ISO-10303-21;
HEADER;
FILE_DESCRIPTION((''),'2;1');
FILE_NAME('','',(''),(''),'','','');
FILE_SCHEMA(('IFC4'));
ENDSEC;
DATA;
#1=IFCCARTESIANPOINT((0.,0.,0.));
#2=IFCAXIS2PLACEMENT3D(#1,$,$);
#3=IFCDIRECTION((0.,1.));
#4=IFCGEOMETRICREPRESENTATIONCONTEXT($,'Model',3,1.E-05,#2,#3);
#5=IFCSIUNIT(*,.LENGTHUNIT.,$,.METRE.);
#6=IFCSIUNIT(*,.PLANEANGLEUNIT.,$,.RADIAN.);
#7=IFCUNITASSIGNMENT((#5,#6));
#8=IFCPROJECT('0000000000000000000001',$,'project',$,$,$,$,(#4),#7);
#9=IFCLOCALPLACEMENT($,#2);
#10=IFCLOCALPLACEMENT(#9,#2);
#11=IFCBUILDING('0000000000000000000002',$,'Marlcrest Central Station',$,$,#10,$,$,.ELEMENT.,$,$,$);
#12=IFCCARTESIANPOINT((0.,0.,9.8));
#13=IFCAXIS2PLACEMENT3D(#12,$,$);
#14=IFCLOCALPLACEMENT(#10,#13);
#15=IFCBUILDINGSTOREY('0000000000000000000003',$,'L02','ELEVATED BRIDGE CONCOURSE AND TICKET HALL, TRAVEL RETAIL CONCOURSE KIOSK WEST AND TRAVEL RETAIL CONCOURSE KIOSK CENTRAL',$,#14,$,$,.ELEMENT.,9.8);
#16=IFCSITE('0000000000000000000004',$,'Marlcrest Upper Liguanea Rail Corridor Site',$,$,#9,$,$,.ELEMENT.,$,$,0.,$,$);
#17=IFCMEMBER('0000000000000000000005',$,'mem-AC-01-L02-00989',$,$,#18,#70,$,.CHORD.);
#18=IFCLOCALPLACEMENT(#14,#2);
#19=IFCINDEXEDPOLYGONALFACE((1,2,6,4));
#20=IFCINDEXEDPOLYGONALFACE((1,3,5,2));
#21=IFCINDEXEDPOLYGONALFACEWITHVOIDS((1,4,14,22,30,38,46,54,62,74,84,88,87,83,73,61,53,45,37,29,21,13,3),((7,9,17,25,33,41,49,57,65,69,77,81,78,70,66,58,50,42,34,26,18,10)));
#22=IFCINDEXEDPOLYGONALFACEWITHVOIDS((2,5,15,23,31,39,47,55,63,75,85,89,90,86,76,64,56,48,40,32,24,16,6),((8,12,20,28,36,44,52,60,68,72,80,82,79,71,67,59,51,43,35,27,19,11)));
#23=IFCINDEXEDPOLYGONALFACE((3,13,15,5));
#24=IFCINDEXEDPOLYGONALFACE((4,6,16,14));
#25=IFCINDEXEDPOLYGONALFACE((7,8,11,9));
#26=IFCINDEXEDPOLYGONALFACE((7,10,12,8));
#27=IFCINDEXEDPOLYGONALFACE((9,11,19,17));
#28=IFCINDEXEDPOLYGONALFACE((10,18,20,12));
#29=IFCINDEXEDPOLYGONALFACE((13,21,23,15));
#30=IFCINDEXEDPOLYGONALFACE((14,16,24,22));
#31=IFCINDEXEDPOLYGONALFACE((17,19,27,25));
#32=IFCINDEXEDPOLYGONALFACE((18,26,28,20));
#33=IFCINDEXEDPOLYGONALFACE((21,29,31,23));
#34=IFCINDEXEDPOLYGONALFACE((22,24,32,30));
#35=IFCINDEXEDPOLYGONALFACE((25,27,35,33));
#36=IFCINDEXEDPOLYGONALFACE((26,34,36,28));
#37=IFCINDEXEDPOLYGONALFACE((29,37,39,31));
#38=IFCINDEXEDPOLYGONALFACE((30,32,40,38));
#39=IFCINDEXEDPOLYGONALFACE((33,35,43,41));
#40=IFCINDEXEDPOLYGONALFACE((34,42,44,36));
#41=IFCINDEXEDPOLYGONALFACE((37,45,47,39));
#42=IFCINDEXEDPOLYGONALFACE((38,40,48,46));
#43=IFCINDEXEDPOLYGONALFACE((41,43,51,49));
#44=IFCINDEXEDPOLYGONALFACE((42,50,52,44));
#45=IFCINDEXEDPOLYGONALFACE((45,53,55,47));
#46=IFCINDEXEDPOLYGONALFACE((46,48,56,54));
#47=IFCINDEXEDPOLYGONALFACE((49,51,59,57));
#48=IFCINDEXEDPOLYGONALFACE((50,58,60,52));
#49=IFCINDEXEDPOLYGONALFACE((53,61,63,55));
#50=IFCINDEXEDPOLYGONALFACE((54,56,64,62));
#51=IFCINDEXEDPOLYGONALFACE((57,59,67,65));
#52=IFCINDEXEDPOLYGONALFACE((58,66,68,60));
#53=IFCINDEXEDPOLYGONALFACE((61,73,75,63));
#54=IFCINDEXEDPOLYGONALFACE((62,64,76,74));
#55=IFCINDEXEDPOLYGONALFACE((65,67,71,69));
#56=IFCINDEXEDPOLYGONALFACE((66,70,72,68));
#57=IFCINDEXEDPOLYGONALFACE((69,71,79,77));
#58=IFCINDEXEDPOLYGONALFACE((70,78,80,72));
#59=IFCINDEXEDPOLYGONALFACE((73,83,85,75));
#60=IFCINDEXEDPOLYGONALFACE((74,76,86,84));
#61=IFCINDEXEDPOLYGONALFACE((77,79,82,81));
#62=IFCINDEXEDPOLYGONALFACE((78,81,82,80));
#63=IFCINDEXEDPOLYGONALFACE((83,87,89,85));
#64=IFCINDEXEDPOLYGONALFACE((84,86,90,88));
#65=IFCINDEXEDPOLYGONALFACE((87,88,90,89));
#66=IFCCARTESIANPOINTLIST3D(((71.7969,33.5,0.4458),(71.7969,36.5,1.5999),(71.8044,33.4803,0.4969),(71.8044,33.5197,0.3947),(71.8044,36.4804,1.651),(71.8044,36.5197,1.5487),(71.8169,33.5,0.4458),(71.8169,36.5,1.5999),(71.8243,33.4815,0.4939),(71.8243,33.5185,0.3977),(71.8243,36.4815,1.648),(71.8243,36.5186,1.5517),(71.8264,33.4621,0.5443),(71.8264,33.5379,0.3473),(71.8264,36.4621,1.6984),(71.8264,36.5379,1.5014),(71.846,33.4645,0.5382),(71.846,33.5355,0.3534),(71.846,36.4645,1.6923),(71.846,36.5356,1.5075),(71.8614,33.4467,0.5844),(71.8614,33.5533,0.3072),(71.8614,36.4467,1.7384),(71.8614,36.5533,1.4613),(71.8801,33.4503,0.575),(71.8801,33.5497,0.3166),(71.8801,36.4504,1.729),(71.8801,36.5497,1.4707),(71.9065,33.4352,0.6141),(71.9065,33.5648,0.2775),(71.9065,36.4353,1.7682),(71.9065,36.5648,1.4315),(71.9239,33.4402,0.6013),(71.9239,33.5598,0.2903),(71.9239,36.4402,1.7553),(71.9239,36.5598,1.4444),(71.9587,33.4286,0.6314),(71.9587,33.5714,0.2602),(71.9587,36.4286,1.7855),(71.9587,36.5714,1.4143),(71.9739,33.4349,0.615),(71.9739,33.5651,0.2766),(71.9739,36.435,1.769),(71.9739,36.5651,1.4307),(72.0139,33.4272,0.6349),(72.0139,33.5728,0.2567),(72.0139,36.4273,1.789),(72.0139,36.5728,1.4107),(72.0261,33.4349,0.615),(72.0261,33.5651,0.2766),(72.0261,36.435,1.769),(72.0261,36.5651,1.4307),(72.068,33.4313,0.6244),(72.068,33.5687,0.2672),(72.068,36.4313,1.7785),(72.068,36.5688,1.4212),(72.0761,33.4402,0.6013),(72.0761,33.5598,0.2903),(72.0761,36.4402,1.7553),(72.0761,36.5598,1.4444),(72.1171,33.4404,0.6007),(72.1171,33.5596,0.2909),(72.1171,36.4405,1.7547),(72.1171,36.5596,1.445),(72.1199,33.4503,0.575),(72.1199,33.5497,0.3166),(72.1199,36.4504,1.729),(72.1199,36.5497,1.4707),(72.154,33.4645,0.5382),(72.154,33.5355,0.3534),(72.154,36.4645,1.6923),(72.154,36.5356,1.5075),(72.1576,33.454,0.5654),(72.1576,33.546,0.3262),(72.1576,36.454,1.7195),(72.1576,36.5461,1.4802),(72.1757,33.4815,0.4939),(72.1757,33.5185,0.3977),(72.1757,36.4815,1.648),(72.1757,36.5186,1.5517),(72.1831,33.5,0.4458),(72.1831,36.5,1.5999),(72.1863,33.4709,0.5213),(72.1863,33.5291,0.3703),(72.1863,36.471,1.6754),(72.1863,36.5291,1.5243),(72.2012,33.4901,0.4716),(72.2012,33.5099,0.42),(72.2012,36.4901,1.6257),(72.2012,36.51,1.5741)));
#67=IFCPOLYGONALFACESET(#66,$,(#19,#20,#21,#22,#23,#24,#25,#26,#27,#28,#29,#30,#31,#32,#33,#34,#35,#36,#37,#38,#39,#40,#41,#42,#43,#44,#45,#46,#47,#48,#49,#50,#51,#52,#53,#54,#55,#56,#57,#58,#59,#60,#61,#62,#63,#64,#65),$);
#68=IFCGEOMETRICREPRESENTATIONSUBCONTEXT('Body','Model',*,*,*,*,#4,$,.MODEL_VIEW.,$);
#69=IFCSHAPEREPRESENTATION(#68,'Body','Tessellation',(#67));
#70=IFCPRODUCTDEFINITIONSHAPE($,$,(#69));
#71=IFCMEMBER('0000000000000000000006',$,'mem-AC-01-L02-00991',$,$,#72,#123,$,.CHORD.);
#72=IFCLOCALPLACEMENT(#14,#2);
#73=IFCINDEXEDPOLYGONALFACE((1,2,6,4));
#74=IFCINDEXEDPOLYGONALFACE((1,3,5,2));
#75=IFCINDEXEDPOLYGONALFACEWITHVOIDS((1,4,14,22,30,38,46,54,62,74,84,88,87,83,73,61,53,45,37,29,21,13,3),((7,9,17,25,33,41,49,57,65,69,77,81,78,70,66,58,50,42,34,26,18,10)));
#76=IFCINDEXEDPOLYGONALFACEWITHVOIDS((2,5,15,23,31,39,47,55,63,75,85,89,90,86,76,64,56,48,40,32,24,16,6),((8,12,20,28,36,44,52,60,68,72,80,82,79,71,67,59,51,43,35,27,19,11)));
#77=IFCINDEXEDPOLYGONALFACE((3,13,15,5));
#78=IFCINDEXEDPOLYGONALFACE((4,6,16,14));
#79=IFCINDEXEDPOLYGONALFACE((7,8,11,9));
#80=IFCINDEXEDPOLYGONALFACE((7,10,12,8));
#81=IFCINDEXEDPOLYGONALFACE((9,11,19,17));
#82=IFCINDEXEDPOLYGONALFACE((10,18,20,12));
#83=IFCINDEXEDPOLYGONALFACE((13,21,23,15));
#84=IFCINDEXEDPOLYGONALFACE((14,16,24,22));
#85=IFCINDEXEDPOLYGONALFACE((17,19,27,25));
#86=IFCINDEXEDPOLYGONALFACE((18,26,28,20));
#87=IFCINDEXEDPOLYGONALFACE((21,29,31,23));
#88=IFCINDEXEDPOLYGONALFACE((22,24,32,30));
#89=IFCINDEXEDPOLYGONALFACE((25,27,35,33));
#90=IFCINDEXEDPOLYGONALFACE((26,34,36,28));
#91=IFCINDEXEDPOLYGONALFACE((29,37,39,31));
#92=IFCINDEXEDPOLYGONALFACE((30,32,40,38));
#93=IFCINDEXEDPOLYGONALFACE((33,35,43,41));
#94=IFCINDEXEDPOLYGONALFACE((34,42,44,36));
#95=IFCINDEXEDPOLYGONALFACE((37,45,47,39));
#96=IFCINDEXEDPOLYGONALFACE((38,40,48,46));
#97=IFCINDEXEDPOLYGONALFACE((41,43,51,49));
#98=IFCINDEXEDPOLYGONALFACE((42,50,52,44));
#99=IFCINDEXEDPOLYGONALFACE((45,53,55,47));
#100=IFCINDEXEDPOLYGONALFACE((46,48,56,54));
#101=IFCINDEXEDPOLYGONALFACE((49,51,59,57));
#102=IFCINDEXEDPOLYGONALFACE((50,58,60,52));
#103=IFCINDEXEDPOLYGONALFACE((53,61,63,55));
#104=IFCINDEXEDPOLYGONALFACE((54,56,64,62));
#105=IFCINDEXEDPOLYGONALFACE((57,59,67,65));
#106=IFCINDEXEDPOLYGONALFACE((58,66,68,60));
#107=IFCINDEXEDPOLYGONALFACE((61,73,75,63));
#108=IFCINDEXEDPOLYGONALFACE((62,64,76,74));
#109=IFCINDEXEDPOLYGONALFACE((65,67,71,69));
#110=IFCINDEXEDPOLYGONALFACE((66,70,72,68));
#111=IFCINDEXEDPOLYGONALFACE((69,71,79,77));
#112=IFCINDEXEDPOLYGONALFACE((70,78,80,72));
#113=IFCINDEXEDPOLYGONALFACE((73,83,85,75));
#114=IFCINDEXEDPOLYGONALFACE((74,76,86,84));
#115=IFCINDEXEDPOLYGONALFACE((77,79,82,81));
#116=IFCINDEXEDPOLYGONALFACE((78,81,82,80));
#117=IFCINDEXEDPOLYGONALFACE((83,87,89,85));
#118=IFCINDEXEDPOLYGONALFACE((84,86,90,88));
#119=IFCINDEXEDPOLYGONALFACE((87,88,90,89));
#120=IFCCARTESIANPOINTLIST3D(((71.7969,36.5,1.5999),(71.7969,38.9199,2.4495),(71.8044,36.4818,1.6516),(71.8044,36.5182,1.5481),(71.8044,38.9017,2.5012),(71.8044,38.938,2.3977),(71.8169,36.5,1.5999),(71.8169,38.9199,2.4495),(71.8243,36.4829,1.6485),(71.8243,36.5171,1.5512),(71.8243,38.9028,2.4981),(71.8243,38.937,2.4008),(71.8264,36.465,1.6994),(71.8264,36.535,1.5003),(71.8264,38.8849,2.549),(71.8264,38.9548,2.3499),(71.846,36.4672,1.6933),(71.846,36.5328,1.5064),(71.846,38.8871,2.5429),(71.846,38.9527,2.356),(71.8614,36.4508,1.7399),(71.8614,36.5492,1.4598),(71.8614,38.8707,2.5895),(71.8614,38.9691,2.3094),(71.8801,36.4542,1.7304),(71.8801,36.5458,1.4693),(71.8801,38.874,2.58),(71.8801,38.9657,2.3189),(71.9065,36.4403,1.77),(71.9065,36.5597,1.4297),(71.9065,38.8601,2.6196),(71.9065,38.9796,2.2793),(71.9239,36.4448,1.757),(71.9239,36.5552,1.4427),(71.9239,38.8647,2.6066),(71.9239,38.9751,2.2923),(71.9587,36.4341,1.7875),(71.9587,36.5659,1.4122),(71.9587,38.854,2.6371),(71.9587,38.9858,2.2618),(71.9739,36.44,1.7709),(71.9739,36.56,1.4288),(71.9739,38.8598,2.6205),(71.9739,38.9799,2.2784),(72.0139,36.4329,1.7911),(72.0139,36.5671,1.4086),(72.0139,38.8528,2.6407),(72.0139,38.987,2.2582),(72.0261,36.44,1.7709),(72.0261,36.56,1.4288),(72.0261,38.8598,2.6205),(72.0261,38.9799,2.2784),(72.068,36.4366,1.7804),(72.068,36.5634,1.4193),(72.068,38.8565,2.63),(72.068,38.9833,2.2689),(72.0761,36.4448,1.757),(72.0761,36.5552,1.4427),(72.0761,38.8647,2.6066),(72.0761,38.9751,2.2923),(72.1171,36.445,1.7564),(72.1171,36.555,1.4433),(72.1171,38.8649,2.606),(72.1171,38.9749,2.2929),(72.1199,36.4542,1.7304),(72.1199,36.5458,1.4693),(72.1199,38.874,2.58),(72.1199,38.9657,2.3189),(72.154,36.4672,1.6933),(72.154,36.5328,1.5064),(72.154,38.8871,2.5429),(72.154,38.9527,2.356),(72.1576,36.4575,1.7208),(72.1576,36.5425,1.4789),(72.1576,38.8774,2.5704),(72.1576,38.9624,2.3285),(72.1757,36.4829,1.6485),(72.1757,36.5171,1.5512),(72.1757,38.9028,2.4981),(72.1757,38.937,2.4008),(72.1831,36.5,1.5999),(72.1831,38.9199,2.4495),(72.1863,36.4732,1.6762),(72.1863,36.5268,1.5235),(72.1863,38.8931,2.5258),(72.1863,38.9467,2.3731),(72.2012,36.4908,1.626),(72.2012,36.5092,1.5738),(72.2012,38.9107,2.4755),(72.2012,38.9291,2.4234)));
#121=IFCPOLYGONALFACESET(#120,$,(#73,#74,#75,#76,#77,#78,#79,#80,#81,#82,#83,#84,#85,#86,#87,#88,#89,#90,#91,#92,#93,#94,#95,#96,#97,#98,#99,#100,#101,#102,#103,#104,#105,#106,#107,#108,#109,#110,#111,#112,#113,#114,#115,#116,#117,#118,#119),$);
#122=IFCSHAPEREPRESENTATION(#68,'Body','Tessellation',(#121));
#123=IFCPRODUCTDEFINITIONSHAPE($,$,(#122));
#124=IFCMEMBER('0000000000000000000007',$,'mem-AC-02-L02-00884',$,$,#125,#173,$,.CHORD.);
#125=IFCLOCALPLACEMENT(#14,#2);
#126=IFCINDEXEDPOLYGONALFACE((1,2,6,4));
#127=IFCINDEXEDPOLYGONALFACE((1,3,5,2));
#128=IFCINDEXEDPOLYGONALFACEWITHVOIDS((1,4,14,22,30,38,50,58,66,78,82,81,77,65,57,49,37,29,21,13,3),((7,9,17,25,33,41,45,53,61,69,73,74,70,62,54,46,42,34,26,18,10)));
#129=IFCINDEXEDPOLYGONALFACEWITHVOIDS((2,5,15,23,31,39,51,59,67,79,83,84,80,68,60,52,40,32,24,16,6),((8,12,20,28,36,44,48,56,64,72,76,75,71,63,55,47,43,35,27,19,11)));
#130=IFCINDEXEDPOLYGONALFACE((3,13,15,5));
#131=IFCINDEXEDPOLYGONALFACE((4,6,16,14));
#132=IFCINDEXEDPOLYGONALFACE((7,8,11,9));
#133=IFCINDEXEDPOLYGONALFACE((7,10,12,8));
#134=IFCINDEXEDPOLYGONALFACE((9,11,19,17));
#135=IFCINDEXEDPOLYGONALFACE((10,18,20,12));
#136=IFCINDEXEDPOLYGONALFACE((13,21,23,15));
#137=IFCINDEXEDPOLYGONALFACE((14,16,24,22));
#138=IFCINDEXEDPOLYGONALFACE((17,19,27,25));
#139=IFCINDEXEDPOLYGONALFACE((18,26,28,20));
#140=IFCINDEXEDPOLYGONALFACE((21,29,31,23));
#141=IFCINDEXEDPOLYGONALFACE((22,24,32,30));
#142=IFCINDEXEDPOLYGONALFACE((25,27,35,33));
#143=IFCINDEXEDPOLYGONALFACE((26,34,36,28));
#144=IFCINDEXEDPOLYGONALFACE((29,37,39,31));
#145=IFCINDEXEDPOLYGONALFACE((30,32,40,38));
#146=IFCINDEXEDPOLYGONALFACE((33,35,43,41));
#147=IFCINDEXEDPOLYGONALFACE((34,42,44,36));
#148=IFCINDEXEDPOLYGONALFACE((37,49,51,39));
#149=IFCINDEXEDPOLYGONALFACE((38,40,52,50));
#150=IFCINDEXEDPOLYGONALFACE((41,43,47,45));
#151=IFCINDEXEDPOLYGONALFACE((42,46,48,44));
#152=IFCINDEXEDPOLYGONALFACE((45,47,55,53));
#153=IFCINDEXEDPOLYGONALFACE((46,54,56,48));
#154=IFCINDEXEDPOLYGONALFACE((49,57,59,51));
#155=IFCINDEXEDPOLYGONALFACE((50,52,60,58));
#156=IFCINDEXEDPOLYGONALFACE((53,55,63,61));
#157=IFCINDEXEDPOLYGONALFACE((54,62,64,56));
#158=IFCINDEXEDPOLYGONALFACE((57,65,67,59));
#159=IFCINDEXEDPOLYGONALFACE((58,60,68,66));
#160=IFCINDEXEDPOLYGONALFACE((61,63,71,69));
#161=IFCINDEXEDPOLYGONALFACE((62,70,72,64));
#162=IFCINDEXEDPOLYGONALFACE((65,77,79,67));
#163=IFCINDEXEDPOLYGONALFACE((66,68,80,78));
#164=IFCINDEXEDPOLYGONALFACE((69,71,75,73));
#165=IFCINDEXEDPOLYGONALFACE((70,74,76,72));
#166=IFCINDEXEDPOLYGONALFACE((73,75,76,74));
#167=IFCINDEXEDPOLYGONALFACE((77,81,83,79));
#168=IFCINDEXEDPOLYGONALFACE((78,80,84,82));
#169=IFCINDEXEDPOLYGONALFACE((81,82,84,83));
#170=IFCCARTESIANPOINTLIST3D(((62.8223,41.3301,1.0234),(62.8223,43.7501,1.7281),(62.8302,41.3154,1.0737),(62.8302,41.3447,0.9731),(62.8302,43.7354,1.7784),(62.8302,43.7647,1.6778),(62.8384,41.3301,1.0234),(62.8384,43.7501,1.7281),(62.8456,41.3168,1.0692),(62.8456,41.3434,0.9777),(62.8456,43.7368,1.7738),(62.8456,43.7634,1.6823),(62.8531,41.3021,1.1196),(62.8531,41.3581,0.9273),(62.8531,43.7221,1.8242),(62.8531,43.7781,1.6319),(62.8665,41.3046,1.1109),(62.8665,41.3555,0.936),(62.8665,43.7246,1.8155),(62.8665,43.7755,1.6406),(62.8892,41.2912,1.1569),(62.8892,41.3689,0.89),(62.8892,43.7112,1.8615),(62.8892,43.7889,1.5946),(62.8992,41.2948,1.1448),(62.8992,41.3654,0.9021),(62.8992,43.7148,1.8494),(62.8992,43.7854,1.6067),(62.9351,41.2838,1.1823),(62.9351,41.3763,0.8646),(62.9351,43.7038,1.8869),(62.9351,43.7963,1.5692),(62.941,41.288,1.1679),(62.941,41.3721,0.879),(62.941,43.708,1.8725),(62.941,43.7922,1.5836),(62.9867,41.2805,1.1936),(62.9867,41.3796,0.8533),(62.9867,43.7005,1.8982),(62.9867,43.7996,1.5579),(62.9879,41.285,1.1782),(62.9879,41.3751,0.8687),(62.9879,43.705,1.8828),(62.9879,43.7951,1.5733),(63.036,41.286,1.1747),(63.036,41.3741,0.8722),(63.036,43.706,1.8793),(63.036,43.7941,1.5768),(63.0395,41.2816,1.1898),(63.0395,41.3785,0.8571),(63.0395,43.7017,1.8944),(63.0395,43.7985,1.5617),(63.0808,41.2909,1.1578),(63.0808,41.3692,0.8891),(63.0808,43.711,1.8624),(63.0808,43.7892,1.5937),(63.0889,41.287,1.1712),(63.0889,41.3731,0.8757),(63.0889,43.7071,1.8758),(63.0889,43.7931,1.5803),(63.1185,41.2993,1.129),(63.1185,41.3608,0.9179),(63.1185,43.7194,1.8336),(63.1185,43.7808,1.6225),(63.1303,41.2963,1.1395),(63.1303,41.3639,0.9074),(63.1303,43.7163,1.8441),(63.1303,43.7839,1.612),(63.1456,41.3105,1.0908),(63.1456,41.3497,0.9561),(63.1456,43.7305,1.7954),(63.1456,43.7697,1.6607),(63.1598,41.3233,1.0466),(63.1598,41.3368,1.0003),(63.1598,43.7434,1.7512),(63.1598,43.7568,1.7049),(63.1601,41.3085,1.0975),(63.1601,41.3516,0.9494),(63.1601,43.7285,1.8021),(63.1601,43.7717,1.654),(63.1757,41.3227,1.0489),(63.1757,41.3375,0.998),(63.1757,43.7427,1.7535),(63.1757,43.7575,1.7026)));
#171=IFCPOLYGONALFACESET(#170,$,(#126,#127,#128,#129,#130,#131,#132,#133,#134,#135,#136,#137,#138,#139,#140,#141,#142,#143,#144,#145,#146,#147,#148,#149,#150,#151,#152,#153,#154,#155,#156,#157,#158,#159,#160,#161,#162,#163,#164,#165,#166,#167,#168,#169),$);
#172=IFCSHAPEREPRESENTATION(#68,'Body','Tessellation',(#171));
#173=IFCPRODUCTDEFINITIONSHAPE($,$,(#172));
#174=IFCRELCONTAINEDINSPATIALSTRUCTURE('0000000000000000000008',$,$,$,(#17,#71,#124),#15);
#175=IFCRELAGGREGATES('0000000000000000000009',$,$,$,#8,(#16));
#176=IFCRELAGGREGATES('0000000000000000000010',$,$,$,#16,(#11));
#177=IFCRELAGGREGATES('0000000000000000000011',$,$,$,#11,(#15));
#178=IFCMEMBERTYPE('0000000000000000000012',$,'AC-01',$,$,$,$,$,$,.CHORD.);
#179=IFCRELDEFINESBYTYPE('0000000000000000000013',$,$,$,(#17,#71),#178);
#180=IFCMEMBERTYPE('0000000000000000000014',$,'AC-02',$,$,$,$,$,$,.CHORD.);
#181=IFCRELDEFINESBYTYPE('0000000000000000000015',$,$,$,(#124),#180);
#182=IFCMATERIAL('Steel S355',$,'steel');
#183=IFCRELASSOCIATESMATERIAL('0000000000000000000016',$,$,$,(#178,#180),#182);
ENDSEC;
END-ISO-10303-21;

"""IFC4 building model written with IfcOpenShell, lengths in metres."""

from ifc_helpers import new_model, si_unit, direction, frame, origin, origin_2d, place, context, subcontext, project, spatial, hollow_circle, extrude, material, material_profile, profile_set, type_object, element, save


model = new_model("IFC4")

# Units and contexts
model_context = context("Model", 3, precision=1e-05, world=origin(), true_north=direction((0.0, 1.0)))
body_context = subcontext(model_context, "Body", "Model", "MODEL_VIEW")
ifc_project = project(units=[si_unit("LENGTHUNIT", "METRE"), si_unit("PLANEANGLEUNIT", "RADIAN")], contexts=[model_context])

# Site, building, storey
site_placement = place(None, origin())
site = spatial("IfcSite", under=ifc_project, at=site_placement, Name="Marlcrest Upper Liguanea Rail Corridor Site", CompositionType="ELEMENT", RefElevation=0.0)
building_placement = place(site_placement, origin())
building = spatial("IfcBuilding", under=site, at=building_placement, Name="Marlcrest Central Station", CompositionType="ELEMENT")
storey_placement = place(building_placement, frame((0.0, 0.0, 9.8)))
storey = spatial("IfcBuildingStorey", under=building, at=storey_placement, Name="L02", Description="ELEVATED BRIDGE CONCOURSE AND TICKET HALL, TRAVEL RETAIL CONCOURSE KIOSK WEST AND TRAVEL RETAIL CONCOURSE KIOSK CENTRAL", CompositionType="ELEMENT", Elevation=9.8)

# Members
ifc_material_1 = material(Name="Steel S355", Category="steel")
ifc_material_profile_1 = material_profile(ifc_material_1, hollow_circle(Radius=0.2031, WallThickness=0.02, at=origin_2d()), Name="CHS 406.4x20")
ifc_profile_set_1 = profile_set([ifc_material_profile_1], Name="Steel S355")
member_type_1 = type_object("IfcMemberType", Name="AC-01", PredefinedType="CHORD", material=ifc_profile_set_1)
member_1_placement = place(storey_placement, frame((72.0, 33.5, 0.4458), z_axis=(0.0, 0.933324, 0.359035), x_axis=(-1.0, 0.0, 0.0)))
element("IfcMember", 1, at=member_1_placement, inside=storey, type_object=member_type_1, Name="mem-AC-01-L02-00989", PredefinedType="CHORD", context=body_context, shape_type="SweptSolid", body=[
    extrude(hollow_circle(Radius=0.2031, WallThickness=0.02, at=origin_2d()), origin(), (0.0, 0.0, 1.0), 3.2144),
])
member_2_placement = place(storey_placement, frame((72.0, 36.5, 1.5999), z_axis=(0.0, 0.943537, 0.331266), x_axis=(-1.0, 0.0, 0.0)))
element("IfcMember", 2, at=member_2_placement, inside=storey, type_object=member_type_1, Name="mem-AC-01-L02-00991", PredefinedType="CHORD", context=body_context, shape_type="SweptSolid", body=[
    extrude(hollow_circle(Radius=0.2031, WallThickness=0.02, at=origin_2d()), origin(), (0.0, 0.0, 1.0), 2.5647),
])
ifc_material_profile_2 = material_profile(ifc_material_1, hollow_circle(Radius=0.1777, WallThickness=0.0161, at=origin_2d()), Name="CHS 355.6x16")
ifc_profile_set_2 = profile_set([ifc_material_profile_2], Name="Steel S355")
member_type_2 = type_object("IfcMemberType", Name="AC-02", PredefinedType="CHORD", material=ifc_profile_set_2)
member_3_placement = place(storey_placement, frame((63.0, 41.3301, 1.0234), z_axis=(0.0, 0.96013, 0.279554), x_axis=(-1.0, 0.0, 0.0)))
element("IfcMember", 3, at=member_3_placement, inside=storey, type_object=member_type_2, Name="mem-AC-02-L02-00884", PredefinedType="CHORD", context=body_context, shape_type="SweptSolid", body=[
    extrude(hollow_circle(Radius=0.1777, WallThickness=0.0161, at=origin_2d()), origin(), (0.0, 0.0, 1.0), 2.5205),
])

save(model, "model.ifc")
